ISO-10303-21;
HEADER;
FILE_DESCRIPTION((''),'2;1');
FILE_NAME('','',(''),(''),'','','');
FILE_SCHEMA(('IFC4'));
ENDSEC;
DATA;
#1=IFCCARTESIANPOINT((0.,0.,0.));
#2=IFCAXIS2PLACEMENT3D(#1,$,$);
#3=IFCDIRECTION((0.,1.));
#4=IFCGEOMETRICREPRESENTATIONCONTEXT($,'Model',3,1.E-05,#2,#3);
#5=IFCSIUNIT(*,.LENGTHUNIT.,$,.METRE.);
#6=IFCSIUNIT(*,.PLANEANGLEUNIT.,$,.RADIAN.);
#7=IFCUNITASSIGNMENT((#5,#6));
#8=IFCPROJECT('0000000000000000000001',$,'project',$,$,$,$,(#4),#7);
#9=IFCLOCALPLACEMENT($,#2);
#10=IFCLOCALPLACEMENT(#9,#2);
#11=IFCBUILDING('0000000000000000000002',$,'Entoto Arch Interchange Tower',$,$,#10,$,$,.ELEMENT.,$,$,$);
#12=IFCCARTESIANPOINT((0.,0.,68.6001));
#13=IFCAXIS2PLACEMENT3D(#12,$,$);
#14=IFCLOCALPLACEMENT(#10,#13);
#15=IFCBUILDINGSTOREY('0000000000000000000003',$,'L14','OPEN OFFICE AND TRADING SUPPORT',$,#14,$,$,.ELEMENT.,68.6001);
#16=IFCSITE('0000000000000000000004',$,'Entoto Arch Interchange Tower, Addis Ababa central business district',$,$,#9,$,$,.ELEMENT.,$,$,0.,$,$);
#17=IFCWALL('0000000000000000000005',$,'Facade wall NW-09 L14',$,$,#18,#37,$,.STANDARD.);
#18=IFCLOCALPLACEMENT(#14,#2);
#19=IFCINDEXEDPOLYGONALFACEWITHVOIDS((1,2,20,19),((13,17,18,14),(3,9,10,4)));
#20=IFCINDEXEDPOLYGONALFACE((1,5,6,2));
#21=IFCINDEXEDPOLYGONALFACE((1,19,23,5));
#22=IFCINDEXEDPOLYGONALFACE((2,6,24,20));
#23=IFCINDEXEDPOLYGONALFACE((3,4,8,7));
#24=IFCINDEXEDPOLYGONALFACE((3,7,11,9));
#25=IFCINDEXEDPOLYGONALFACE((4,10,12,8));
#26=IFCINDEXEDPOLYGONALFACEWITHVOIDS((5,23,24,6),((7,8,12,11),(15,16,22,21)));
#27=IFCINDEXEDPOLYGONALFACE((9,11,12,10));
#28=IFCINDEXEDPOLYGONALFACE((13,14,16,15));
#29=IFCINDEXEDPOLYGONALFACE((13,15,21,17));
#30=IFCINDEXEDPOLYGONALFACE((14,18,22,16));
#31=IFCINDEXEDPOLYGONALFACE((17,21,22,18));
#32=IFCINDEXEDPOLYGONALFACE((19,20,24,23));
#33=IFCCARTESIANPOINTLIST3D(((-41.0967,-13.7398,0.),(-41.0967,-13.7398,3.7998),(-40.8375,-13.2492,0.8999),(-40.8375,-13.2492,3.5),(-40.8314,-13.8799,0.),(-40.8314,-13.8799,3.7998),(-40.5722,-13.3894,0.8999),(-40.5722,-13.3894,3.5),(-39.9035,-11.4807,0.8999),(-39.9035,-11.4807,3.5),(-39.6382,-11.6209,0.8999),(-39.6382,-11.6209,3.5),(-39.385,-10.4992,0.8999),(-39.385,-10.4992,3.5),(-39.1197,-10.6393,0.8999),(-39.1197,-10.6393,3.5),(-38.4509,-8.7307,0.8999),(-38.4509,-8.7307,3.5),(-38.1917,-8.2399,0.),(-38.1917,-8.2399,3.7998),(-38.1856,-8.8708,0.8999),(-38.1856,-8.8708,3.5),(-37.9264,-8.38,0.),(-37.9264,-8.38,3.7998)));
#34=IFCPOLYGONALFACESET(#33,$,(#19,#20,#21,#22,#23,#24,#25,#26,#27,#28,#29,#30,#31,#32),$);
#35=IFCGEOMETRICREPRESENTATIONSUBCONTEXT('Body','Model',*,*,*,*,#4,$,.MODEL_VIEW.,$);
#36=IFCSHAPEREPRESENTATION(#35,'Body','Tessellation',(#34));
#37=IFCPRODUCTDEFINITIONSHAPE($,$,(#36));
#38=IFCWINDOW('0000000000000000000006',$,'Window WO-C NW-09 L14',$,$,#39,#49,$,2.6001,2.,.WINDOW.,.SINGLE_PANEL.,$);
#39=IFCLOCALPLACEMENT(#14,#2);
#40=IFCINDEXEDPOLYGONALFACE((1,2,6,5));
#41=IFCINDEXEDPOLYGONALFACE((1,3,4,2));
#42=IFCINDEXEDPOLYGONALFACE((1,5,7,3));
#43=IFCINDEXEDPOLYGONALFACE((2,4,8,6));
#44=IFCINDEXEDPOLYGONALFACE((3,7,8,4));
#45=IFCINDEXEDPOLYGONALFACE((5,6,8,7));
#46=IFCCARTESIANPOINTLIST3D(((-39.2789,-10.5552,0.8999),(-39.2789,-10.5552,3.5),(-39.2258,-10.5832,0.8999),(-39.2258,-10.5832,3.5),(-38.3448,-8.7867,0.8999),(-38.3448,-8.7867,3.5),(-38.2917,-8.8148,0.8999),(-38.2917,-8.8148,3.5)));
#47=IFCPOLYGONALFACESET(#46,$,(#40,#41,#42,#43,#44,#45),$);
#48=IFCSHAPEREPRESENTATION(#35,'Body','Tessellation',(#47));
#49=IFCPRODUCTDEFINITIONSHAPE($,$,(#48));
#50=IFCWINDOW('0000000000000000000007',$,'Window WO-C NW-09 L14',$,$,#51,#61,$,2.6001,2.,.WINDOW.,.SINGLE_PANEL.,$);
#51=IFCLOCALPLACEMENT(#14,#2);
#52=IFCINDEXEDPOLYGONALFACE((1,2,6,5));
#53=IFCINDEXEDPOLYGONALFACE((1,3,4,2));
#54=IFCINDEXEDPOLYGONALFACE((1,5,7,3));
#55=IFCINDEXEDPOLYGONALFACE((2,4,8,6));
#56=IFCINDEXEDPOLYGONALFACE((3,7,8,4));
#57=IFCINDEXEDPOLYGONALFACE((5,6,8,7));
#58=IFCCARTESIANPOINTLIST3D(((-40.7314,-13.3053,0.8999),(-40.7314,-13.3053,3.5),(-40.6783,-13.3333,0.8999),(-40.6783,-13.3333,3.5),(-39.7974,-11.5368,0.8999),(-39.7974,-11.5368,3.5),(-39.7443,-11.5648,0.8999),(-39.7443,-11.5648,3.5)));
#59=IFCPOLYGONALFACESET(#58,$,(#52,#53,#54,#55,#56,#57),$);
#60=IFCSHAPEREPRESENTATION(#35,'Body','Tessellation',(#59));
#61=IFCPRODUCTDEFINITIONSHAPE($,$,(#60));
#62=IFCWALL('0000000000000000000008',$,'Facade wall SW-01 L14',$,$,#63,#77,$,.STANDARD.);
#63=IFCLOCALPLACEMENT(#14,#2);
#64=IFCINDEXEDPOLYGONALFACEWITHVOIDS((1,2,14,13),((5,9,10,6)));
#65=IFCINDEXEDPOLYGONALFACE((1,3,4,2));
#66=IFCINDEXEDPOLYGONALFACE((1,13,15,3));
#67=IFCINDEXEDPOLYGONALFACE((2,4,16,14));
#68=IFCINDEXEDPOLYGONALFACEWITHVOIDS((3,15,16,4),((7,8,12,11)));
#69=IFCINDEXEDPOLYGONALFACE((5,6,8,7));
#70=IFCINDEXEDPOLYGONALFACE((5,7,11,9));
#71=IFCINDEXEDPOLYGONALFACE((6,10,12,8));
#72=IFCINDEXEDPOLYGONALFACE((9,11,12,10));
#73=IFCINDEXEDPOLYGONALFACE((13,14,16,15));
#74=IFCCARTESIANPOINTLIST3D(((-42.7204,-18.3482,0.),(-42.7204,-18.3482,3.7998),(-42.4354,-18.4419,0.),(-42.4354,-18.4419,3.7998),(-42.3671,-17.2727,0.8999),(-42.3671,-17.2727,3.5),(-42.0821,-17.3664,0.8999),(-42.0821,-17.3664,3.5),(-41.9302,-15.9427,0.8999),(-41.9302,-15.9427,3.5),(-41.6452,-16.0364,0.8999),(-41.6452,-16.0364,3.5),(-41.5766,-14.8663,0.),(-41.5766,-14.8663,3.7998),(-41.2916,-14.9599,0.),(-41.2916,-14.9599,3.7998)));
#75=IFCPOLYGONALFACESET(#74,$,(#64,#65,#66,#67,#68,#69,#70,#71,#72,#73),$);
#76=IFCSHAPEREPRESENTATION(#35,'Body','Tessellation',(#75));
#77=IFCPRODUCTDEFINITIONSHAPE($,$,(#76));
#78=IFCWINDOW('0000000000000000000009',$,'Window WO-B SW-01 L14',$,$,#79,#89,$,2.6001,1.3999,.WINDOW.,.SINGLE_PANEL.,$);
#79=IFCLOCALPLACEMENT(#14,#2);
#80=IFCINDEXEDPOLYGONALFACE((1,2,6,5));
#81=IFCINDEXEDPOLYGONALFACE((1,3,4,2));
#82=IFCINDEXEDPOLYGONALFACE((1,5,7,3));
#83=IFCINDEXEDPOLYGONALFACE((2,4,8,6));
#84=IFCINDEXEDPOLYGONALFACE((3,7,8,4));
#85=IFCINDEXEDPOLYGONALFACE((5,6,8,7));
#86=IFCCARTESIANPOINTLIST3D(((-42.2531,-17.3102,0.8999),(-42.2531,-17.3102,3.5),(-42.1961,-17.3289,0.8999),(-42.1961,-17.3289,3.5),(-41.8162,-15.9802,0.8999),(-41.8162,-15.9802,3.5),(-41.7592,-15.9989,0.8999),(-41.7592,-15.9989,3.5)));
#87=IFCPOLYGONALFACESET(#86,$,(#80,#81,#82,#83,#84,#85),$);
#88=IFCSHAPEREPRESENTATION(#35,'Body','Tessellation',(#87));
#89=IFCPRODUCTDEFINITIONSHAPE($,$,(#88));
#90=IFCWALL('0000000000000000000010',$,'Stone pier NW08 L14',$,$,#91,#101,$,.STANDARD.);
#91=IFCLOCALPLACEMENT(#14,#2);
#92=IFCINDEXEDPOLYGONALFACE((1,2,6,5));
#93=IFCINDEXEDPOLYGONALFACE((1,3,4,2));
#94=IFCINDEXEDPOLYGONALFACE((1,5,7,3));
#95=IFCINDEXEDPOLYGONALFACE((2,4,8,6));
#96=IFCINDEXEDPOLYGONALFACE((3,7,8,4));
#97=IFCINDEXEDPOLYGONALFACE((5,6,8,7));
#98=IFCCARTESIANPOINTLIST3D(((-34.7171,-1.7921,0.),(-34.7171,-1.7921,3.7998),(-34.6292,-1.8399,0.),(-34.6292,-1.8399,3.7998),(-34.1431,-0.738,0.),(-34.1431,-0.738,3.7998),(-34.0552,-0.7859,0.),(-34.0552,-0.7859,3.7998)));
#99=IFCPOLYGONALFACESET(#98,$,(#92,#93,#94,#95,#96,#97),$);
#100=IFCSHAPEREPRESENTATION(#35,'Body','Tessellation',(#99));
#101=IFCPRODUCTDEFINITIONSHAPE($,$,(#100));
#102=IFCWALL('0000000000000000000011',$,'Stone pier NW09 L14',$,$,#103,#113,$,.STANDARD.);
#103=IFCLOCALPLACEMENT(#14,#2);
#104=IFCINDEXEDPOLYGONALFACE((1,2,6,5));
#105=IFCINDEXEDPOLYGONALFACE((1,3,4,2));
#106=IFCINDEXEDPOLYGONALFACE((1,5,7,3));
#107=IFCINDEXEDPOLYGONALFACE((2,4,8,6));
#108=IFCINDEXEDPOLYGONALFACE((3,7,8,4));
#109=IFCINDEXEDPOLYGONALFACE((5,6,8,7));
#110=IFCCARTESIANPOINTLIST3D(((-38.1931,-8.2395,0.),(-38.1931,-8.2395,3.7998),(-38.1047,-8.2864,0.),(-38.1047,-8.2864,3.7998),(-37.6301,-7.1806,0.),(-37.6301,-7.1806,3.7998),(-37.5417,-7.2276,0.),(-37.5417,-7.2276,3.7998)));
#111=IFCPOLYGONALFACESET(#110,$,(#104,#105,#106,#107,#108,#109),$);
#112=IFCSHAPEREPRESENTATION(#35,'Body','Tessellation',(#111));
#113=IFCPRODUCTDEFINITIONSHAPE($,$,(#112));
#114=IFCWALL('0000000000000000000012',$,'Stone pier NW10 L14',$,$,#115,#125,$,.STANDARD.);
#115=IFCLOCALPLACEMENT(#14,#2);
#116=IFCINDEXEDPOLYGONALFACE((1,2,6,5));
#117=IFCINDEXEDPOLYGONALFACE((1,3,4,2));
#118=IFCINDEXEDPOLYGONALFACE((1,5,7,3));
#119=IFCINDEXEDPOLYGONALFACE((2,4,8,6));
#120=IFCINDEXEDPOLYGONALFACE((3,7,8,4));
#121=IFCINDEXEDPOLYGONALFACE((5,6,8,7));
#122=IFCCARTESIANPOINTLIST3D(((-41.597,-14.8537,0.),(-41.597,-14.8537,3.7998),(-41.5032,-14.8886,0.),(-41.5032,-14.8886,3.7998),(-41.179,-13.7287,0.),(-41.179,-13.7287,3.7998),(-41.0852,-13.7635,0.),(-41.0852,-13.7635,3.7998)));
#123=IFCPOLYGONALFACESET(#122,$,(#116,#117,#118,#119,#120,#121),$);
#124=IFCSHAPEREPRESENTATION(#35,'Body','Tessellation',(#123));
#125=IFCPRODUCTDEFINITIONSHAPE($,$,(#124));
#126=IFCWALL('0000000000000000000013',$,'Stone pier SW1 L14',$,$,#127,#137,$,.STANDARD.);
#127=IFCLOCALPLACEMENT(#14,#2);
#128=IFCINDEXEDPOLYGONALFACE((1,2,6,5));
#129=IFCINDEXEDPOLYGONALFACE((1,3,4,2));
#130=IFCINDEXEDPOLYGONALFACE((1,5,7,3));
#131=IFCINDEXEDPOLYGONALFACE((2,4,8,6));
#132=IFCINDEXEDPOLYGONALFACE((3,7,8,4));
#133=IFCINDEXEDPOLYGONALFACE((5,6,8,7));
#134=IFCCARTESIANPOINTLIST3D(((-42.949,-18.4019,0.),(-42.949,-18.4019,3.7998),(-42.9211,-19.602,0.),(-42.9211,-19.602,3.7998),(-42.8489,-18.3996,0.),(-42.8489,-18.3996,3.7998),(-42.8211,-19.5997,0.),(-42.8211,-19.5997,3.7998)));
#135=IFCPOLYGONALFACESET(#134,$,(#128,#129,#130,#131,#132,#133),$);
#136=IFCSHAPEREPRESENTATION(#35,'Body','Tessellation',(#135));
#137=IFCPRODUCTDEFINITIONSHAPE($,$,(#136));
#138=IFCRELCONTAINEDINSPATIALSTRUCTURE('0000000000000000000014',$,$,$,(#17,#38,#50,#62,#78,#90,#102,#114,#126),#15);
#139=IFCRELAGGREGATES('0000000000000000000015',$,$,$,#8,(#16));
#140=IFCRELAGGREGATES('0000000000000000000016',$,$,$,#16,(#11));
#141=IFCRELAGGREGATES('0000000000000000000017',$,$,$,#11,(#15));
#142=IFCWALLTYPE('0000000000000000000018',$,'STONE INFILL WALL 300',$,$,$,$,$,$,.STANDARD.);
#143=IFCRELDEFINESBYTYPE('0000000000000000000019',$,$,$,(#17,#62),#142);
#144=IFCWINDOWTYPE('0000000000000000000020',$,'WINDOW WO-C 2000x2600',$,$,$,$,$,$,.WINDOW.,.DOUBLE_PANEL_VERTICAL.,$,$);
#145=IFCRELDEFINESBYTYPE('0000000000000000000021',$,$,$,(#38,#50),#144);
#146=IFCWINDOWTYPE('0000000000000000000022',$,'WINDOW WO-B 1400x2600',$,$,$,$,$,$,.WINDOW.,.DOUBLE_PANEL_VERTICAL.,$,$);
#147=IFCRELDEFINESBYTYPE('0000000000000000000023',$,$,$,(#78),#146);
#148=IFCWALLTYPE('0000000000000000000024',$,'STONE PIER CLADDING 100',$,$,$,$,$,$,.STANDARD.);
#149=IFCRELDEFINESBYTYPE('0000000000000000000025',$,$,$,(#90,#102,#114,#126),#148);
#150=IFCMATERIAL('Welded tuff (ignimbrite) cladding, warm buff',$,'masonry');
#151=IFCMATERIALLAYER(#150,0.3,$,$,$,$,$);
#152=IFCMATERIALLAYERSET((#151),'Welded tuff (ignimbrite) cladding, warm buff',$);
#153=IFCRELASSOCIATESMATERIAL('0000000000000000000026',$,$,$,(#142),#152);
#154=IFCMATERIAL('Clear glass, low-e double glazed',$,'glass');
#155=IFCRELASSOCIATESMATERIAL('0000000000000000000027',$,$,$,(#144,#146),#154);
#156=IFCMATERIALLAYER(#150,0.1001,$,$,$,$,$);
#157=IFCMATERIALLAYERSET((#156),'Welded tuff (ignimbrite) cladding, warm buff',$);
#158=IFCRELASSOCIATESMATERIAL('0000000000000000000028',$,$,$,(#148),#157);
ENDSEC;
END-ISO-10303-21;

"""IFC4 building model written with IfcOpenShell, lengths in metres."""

from ifc_helpers import new_model, si_unit, direction, frame, frame_2d, origin, place, context, subcontext, project, spatial, rectangle, extrude, material, layer, layer_set, type_object, element, fill, save


model = new_model("IFC4")

# Units and contexts
model_context = context("Model", 3, precision=1e-05, world=origin(), true_north=direction((0.0, 1.0)))
body_context = subcontext(model_context, "Body", "Model", "MODEL_VIEW")
ifc_project = project(units=[si_unit("LENGTHUNIT", "METRE"), si_unit("PLANEANGLEUNIT", "RADIAN")], contexts=[model_context])

# Site, building, storey
site_placement = place(None, origin())
site = spatial("IfcSite", under=ifc_project, at=site_placement, Name="Entoto Arch Interchange Tower, Addis Ababa central business district", CompositionType="ELEMENT", RefElevation=0.0)
building_placement = place(site_placement, origin())
building = spatial("IfcBuilding", under=site, at=building_placement, Name="Entoto Arch Interchange Tower", CompositionType="ELEMENT")
storey_placement = place(building_placement, frame((0.0, 0.0, 68.6001)))
storey = spatial("IfcBuildingStorey", under=building, at=storey_placement, Name="L14", Description="OPEN OFFICE AND TRADING SUPPORT", CompositionType="ELEMENT", Elevation=68.6001)

# Wall, openings, windows
ifc_material_1 = material(Name="Welded tuff (ignimbrite) cladding, warm buff", Category="masonry")
ifc_layer_1 = layer(ifc_material_1, 0.3)
ifc_layer_set_1 = layer_set([ifc_layer_1], Name="Welded tuff (ignimbrite) cladding, warm buff")
wall_type_1 = type_object("IfcWallType", Name="STONE INFILL WALL 300", PredefinedType="STANDARD", material=ifc_layer_set_1)
ifc_material_2 = material(Name="Clear glass, low-e double glazed", Category="glass")
window_type_1 = type_object("IfcWindowType", Name="WINDOW WO-C 2000x2600", PartitioningType="DOUBLE_PANEL_VERTICAL", PredefinedType="WINDOW", material=ifc_material_2)
wall_1_placement = place(storey_placement, frame((-38.0591, -8.3101, 0.0), z_axis=(0.0, 0.0, 1.0), x_axis=(-0.467042, -0.884235, 0.0)))
wall_1 = element("IfcWall", 1, at=wall_1_placement, inside=storey, type_object=wall_type_1, Name="Facade wall NW-09 L14", PredefinedType="STANDARD", context=body_context, shape_type="SweptSolid", body=[
    extrude(rectangle(XDim=6.22, YDim=0.3, at=frame_2d((3.1099, 0.0))), origin(), (0.0, 0.0, 1.0), 3.7998),
])
opening_1_placement = place(wall_1_placement, frame((0.5549, 0.0, 0.8999)))
opening_1 = element("IfcOpeningElement", 2, at=opening_1_placement, cuts=wall_1, PredefinedType="OPENING", context=body_context, shape_type="SweptSolid", body=[
    extrude(rectangle(XDim=2.0, YDim=2.6001, at=frame_2d((1.0, 1.3))), frame((0.0, 0.1602, 0.0), z_axis=(0.0, -1.0, 0.0), x_axis=(1.0, 0.0, 0.0)), (0.0, 0.0, 1.0), 0.3201),
])
opening_2_placement = place(wall_1_placement, frame((3.665, 0.0, 0.8999)))
opening_2 = element("IfcOpeningElement", 3, at=opening_2_placement, cuts=wall_1, PredefinedType="OPENING", context=body_context, shape_type="SweptSolid", body=[
    extrude(rectangle(XDim=2.0, YDim=2.6001, at=frame_2d((1.0, 1.3))), frame((0.0, 0.1602, 0.0), z_axis=(0.0, -1.0, 0.0), x_axis=(1.0, 0.0, 0.0)), (0.0, 0.0, 1.0), 0.3201),
])
window_1_placement = place(opening_1_placement, origin())
window_1 = element("IfcWindow", 4, at=window_1_placement, inside=storey, type_object=window_type_1, Name="Window WO-C NW-09 L14", OverallHeight=2.6001, OverallWidth=2.0, PartitioningType="SINGLE_PANEL", PredefinedType="WINDOW", context=body_context, shape_type="SweptSolid", body=[
    extrude(rectangle(XDim=2.0, YDim=2.6001, at=frame_2d((1.0, 1.3))), frame((0.0, 0.03, 0.0), z_axis=(0.0, -1.0, 0.0), x_axis=(1.0, 0.0, 0.0)), (0.0, 0.0, 1.0), 0.0601),
])
fill(opening_1, window_1)
window_2_placement = place(opening_2_placement, origin())
window_2 = element("IfcWindow", 5, at=window_2_placement, inside=storey, type_object=window_type_1, Name="Window WO-C NW-09 L14", OverallHeight=2.6001, OverallWidth=2.0, PartitioningType="SINGLE_PANEL", PredefinedType="WINDOW", context=body_context, shape_type="SweptSolid", body=[
    extrude(rectangle(XDim=2.0, YDim=2.6001, at=frame_2d((1.0, 1.3))), frame((0.0, 0.03, 0.0), z_axis=(0.0, -1.0, 0.0), x_axis=(1.0, 0.0, 0.0)), (0.0, 0.0, 1.0), 0.0601),
])
fill(opening_2, window_2)

# Wall, opening, window
wall_2_placement = place(storey_placement, frame((-41.4341, -14.9131, 0.0), z_axis=(0.0, 0.0, 1.0), x_axis=(-0.312088, -0.950053, 0.0)))
wall_2 = element("IfcWall", 6, at=wall_2_placement, inside=storey, type_object=wall_type_1, Name="Facade wall SW-01 L14", PredefinedType="STANDARD", context=body_context, shape_type="SweptSolid", body=[
    extrude(rectangle(XDim=3.665, YDim=0.3, at=frame_2d((1.8325, 0.0))), origin(), (0.0, 0.0, 1.0), 3.7998),
])
opening_3_placement = place(wall_2_placement, frame((1.1331, 0.0, 0.8999)))
opening_3 = element("IfcOpeningElement", 7, at=opening_3_placement, cuts=wall_2, PredefinedType="OPENING", context=body_context, shape_type="SweptSolid", body=[
    extrude(rectangle(XDim=1.3999, YDim=2.6001, at=frame_2d((0.7, 1.3))), frame((0.0, 0.1602, 0.0), z_axis=(0.0, -1.0, 0.0), x_axis=(1.0, 0.0, 0.0)), (0.0, 0.0, 1.0), 0.3201),
])
window_type_2 = type_object("IfcWindowType", Name="WINDOW WO-B 1400x2600", PartitioningType="DOUBLE_PANEL_VERTICAL", PredefinedType="WINDOW", material=ifc_material_2)
window_3_placement = place(opening_3_placement, origin())
window_3 = element("IfcWindow", 8, at=window_3_placement, inside=storey, type_object=window_type_2, Name="Window WO-B SW-01 L14", OverallHeight=2.6001, OverallWidth=1.3999, PartitioningType="SINGLE_PANEL", PredefinedType="WINDOW", context=body_context, shape_type="SweptSolid", body=[
    extrude(rectangle(XDim=1.3999, YDim=2.6001, at=frame_2d((0.7, 1.3))), frame((0.0, 0.03, 0.0), z_axis=(0.0, -1.0, 0.0), x_axis=(1.0, 0.0, 0.0)), (0.0, 0.0, 1.0), 0.0601),
])
fill(opening_3, window_3)

# Walls
ifc_layer_2 = layer(ifc_material_1, 0.1001)
ifc_layer_set_2 = layer_set([ifc_layer_2], Name="Welded tuff (ignimbrite) cladding, warm buff")
wall_type_2 = type_object("IfcWallType", Name="STONE PIER CLADDING 100", PredefinedType="STANDARD", material=ifc_layer_set_2)
wall_3_placement = place(storey_placement, frame((-34.0991, -0.762, 0.0), z_axis=(0.0, 0.0, 1.0), x_axis=(-0.478268, -0.878214, 0.0)))
element("IfcWall", 9, at=wall_3_placement, inside=storey, type_object=wall_type_2, Name="Stone pier NW08 L14", PredefinedType="STANDARD", context=body_context, shape_type="SweptSolid", body=[
    extrude(rectangle(XDim=1.2002, YDim=0.1001, at=frame_2d((0.6001, 0.0))), origin(), (0.0, 0.0, 1.0), 3.7998),
])
wall_4_placement = place(storey_placement, frame((-37.5859, -7.2041, 0.0), z_axis=(0.0, 0.0, 1.0), x_axis=(-0.469468, -0.88295, 0.0)))
element("IfcWall", 10, at=wall_4_placement, inside=storey, type_object=wall_type_2, Name="Stone pier NW09 L14", PredefinedType="STANDARD", context=body_context, shape_type="SweptSolid", body=[
    extrude(rectangle(XDim=1.1992, YDim=0.1001, at=frame_2d((0.5996, 0.0))), origin(), (0.0, 0.0, 1.0), 3.7998),
])
wall_5_placement = place(storey_placement, frame((-41.1321, -13.7461, 0.0), z_axis=(0.0, 0.0, 1.0), x_axis=(-0.348268, -0.937395, 0.0)))
element("IfcWall", 11, at=wall_5_placement, inside=storey, type_object=wall_type_2, Name="Stone pier NW10 L14", PredefinedType="STANDARD", context=body_context, shape_type="SweptSolid", body=[
    extrude(rectangle(XDim=1.2002, YDim=0.1001, at=frame_2d((0.6001, 0.0))), origin(), (0.0, 0.0, 1.0), 3.7998),
])
wall_6_placement = place(storey_placement, frame((-42.8989, -18.4009, 0.0), z_axis=(0.0, 0.0, 1.0), x_axis=(0.023183, -0.999731, 0.0)))
element("IfcWall", 12, at=wall_6_placement, inside=storey, type_object=wall_type_2, Name="Stone pier SW1 L14", PredefinedType="STANDARD", context=body_context, shape_type="SweptSolid", body=[
    extrude(rectangle(XDim=1.2004, YDim=0.1001, at=frame_2d((0.6001, 0.0))), origin(), (0.0, 0.0, 1.0), 3.7998),
])

save(model, "model.ifc")
